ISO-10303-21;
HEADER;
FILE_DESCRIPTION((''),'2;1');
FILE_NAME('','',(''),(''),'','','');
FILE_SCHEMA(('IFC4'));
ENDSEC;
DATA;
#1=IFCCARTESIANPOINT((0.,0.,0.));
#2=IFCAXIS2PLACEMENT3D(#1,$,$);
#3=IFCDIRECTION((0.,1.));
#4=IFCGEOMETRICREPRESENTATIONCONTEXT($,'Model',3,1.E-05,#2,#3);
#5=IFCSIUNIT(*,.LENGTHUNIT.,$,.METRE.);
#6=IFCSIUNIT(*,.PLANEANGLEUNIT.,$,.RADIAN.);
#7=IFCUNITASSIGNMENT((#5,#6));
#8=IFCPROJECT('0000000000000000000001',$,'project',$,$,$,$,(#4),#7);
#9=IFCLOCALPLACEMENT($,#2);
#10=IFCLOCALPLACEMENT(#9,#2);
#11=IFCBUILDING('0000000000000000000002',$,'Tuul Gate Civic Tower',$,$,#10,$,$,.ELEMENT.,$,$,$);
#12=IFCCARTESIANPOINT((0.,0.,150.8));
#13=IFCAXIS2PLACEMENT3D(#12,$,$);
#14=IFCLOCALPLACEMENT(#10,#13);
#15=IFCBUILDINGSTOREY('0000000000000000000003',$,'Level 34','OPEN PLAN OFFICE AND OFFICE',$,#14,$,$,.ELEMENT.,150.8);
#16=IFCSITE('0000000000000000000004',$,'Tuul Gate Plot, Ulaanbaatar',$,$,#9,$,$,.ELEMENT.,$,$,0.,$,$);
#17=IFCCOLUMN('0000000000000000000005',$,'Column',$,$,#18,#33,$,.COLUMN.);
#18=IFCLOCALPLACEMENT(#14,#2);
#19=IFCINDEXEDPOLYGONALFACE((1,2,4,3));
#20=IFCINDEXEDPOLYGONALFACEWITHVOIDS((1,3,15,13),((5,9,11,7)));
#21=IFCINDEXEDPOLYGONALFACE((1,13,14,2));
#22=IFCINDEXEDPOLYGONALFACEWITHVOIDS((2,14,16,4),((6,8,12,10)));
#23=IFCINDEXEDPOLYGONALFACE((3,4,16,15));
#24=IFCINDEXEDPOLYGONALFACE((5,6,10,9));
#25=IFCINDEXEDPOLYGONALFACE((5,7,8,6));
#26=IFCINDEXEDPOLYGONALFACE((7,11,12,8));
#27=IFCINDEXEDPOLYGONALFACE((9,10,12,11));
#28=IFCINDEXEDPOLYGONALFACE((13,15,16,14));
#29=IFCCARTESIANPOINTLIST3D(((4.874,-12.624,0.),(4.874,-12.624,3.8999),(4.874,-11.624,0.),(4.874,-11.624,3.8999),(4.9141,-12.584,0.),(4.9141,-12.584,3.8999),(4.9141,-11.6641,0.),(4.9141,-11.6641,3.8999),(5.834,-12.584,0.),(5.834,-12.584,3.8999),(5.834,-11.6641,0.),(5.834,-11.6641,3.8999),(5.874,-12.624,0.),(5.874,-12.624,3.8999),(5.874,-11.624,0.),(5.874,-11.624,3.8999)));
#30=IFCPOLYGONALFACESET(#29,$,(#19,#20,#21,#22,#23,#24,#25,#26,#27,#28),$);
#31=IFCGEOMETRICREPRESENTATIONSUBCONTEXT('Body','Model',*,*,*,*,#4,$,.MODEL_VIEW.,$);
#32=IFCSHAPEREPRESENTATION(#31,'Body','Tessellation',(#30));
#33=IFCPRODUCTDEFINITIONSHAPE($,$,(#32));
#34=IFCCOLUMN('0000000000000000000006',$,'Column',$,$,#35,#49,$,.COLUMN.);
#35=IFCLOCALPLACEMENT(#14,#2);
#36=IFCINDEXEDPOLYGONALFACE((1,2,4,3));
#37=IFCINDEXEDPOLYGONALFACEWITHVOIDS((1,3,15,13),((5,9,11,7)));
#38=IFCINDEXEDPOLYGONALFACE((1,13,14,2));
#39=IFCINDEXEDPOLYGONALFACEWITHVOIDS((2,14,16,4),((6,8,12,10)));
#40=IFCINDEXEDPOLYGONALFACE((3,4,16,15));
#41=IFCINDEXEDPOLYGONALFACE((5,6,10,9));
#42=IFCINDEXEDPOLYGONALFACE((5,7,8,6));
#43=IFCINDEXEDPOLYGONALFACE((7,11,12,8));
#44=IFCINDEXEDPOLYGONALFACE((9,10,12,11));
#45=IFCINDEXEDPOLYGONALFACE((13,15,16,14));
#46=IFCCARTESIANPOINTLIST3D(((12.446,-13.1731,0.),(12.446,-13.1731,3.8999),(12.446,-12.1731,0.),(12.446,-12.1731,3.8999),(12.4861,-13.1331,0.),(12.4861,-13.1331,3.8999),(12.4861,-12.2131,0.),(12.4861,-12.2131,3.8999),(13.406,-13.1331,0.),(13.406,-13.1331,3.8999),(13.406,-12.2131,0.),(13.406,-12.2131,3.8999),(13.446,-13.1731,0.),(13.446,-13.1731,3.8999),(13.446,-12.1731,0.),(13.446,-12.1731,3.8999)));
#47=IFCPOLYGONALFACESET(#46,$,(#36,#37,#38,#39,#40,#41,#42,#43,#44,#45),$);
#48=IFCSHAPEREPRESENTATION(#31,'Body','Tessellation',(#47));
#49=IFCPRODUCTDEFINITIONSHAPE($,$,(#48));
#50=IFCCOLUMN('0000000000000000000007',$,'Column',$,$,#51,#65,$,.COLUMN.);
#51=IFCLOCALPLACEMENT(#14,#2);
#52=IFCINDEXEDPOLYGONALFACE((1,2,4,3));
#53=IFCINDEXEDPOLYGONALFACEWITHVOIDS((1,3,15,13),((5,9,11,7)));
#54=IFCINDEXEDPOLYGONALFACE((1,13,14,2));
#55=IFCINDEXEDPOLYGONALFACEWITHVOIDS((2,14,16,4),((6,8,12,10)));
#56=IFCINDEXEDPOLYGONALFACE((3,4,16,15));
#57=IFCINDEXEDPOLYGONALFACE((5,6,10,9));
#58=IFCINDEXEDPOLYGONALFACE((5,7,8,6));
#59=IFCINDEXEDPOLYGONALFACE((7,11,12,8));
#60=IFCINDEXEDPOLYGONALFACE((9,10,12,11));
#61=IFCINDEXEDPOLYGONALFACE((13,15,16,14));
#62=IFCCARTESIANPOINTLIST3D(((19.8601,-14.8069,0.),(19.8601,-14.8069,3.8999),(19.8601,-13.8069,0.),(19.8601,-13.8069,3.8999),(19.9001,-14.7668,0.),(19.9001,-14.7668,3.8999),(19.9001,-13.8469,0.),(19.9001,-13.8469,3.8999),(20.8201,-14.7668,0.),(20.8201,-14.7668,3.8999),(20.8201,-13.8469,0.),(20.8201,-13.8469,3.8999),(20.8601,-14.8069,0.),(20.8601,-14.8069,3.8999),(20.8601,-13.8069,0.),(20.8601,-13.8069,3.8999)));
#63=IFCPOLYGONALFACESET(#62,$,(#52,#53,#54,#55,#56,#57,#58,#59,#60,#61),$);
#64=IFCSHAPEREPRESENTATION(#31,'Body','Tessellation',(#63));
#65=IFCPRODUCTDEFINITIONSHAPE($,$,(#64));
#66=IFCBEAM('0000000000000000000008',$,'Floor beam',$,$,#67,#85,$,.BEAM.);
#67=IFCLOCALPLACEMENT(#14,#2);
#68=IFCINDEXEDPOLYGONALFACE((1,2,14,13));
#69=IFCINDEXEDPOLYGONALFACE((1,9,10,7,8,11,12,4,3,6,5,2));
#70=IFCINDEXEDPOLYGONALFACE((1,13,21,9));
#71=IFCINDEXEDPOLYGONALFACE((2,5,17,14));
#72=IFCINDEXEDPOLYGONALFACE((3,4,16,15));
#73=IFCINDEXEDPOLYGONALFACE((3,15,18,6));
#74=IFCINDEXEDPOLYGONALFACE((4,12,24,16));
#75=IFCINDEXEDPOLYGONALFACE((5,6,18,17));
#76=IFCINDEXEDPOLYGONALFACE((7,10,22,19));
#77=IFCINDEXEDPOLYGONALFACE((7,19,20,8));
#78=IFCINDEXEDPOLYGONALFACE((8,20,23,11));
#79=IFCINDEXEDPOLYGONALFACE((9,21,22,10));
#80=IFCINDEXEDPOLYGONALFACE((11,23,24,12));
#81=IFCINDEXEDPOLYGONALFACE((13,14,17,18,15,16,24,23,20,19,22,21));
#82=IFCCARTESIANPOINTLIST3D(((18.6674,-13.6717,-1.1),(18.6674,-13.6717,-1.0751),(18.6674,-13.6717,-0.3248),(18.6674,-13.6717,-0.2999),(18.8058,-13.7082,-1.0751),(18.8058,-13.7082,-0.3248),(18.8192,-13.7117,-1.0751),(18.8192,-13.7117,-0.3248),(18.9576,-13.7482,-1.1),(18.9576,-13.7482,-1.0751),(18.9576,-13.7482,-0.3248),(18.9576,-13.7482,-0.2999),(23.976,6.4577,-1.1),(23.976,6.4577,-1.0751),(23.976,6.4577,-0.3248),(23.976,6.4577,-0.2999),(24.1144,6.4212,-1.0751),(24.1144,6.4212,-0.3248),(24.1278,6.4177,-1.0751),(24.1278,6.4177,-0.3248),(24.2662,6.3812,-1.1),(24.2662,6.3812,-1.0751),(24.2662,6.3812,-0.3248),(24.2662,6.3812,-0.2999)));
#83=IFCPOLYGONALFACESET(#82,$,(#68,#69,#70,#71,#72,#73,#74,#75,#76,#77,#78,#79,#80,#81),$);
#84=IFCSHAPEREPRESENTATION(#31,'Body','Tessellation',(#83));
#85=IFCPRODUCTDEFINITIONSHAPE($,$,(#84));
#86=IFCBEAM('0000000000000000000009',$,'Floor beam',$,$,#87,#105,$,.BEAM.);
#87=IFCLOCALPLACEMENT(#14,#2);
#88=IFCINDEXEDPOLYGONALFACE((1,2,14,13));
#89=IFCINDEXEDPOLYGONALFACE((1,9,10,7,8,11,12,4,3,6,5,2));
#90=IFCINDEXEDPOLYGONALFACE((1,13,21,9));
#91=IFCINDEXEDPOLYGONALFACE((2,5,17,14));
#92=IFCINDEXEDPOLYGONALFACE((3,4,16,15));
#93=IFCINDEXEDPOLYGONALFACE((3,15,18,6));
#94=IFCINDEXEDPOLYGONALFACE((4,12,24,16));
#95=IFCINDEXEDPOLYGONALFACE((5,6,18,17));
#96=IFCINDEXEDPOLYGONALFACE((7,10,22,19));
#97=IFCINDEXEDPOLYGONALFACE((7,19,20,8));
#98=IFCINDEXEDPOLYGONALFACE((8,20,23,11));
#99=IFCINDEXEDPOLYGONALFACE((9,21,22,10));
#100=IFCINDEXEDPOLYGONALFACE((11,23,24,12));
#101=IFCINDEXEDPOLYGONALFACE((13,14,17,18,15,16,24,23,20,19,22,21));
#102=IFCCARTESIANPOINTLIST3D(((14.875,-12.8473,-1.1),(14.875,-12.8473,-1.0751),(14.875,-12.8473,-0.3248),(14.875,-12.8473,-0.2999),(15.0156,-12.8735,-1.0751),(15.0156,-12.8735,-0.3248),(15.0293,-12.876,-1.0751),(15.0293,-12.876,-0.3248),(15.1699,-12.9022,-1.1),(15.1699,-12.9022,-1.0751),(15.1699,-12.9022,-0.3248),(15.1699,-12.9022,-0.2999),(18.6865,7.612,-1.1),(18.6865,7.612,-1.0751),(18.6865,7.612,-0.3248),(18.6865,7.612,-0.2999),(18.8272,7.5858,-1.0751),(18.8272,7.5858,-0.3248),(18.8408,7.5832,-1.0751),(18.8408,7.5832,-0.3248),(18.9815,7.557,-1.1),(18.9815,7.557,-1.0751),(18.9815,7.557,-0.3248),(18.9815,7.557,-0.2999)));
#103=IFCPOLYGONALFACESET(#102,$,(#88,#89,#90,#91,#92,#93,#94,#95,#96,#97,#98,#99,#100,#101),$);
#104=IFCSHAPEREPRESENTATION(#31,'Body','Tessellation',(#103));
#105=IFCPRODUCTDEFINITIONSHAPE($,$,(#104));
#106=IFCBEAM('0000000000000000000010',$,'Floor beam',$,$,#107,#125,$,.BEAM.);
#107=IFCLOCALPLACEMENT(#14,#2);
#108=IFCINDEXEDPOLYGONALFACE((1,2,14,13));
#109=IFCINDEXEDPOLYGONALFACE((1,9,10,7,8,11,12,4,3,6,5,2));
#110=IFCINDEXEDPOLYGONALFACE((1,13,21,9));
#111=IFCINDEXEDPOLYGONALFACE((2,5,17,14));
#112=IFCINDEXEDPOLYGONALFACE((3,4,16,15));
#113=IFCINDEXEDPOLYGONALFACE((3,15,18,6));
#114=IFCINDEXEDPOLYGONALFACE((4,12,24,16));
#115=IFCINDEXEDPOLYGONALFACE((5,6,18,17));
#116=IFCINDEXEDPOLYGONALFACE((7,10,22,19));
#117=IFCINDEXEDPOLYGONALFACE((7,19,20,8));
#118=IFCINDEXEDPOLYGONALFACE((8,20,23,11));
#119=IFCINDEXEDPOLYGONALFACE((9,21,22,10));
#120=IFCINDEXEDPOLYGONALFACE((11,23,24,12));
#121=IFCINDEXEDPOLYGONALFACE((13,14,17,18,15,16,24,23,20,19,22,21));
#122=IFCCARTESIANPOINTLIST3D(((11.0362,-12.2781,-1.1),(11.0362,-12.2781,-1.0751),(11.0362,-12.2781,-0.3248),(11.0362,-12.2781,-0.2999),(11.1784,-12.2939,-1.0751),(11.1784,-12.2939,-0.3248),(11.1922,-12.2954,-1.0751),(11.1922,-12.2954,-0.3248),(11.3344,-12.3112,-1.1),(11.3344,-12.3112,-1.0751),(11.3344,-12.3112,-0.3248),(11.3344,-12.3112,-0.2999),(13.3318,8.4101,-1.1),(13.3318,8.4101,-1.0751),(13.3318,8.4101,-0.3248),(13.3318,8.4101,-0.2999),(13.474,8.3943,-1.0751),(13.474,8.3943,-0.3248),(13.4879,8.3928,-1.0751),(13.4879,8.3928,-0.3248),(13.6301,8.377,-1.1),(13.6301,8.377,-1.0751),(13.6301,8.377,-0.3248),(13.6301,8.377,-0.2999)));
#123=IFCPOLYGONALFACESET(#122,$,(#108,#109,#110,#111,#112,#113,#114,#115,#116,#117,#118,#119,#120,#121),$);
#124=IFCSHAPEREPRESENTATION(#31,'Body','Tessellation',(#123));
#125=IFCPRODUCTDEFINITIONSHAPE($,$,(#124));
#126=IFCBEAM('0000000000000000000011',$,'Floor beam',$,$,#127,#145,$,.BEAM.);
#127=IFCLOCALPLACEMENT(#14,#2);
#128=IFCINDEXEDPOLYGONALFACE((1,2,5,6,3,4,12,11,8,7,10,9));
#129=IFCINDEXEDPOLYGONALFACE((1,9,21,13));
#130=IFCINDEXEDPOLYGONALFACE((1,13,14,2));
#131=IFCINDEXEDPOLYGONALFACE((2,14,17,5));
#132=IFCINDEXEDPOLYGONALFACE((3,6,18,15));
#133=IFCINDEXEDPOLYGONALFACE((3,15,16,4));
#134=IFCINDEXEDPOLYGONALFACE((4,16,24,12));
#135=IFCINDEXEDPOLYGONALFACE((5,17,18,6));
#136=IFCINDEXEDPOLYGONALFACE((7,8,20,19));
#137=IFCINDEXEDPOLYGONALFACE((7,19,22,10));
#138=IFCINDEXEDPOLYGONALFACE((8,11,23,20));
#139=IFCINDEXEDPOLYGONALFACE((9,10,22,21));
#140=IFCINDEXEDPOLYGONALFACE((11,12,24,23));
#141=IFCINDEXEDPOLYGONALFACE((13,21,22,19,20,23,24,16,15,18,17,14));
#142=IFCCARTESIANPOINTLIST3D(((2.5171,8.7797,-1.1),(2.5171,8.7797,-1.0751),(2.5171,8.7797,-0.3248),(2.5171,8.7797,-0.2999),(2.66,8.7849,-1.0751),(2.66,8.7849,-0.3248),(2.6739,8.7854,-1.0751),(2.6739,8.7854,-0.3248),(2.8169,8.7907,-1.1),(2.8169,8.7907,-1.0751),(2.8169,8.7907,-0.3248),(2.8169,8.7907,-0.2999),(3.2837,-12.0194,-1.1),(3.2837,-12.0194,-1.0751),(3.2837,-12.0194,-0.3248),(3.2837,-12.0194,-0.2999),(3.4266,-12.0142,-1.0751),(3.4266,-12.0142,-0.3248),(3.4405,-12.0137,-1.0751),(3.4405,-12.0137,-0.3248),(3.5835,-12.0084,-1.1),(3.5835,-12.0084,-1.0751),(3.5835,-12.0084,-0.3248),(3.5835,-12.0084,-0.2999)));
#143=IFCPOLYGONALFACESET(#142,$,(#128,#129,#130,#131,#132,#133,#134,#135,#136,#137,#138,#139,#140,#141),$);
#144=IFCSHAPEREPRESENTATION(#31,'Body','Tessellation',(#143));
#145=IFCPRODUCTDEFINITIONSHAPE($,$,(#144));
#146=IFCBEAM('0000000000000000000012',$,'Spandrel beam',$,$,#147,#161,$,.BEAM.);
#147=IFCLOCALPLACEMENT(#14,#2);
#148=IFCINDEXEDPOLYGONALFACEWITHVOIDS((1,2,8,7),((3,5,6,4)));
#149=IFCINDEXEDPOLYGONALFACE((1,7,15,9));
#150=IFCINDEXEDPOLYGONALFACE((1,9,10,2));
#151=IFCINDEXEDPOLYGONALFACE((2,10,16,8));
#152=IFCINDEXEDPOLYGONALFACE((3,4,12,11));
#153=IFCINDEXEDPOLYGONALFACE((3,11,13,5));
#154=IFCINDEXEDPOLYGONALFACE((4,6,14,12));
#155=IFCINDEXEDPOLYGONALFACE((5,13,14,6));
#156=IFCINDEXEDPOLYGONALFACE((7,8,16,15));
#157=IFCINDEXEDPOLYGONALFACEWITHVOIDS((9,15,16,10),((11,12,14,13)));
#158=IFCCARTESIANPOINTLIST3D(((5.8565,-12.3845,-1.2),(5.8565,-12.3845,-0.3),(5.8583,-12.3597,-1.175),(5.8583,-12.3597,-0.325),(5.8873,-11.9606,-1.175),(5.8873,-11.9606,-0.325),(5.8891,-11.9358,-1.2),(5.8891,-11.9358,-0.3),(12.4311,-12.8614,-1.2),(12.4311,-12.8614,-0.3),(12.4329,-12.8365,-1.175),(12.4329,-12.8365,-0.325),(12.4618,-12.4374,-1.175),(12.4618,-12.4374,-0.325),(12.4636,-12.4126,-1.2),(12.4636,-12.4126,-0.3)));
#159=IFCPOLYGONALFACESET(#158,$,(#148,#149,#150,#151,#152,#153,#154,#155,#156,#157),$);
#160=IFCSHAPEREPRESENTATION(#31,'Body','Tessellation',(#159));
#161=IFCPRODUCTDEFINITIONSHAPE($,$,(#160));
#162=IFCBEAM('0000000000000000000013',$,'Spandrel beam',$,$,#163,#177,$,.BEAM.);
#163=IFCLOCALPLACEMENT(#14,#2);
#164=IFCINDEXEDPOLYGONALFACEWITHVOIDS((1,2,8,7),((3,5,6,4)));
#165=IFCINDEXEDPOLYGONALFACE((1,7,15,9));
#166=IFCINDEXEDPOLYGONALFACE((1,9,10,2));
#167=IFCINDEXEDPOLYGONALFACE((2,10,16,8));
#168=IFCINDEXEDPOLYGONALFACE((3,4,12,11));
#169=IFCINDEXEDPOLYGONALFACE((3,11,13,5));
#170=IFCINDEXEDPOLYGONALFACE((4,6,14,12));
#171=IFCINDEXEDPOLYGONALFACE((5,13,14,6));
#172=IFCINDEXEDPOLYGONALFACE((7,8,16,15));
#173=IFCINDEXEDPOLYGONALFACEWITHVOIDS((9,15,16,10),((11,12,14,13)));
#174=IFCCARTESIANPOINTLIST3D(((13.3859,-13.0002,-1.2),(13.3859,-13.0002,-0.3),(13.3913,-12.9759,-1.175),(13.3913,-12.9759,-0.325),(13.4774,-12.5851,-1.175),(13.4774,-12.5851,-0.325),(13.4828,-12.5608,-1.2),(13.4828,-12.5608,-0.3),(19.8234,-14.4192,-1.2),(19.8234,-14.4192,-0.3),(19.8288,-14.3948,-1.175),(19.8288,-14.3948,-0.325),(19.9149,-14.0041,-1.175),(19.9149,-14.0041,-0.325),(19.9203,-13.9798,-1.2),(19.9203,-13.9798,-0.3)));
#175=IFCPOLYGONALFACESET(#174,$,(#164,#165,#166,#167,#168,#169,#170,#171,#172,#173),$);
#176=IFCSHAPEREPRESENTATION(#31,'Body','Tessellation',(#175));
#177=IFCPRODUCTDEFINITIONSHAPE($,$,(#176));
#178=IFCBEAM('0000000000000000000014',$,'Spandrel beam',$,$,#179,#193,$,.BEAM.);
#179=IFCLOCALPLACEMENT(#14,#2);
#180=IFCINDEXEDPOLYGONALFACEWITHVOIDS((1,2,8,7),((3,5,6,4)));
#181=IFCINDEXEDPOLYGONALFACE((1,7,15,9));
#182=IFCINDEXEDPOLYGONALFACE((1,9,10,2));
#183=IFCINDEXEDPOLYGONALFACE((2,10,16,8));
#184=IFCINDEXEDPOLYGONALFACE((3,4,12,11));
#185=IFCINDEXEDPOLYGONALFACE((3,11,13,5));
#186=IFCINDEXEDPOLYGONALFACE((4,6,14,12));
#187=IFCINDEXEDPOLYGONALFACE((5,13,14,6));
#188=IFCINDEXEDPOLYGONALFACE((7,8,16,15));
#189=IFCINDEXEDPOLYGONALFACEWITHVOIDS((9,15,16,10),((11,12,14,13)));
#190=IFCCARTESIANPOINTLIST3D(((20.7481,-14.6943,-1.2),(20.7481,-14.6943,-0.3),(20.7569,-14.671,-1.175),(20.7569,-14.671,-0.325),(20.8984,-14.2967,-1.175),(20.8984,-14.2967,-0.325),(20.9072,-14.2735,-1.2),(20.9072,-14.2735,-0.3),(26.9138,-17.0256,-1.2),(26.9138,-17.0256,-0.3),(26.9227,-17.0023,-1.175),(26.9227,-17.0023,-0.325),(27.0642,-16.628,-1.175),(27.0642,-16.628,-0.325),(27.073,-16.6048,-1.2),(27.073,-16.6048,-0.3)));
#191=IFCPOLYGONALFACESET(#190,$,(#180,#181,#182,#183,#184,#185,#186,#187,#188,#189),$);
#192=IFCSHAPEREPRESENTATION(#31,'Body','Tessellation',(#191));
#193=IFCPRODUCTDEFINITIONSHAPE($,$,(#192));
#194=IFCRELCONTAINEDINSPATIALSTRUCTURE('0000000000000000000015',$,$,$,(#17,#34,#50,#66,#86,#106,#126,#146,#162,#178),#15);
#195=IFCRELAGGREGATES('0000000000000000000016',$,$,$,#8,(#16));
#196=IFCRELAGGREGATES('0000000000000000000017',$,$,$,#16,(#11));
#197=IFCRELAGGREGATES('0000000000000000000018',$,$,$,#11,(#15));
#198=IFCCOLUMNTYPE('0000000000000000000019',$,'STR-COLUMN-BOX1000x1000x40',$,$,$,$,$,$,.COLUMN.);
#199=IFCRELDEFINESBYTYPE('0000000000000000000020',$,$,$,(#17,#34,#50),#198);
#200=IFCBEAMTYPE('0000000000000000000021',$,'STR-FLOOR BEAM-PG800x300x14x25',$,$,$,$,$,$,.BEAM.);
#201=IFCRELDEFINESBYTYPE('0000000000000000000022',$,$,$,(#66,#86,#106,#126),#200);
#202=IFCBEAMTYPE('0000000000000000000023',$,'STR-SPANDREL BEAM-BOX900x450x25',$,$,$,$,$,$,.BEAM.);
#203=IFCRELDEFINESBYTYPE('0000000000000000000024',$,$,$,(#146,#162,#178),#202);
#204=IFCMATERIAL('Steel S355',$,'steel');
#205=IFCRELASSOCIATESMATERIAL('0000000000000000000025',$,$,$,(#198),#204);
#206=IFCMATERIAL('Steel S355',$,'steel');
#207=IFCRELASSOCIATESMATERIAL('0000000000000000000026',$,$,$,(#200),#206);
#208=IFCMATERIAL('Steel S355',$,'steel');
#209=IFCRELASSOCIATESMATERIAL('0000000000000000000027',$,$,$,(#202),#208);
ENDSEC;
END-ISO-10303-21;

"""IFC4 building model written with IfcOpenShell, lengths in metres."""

from ifc_helpers import new_model, si_unit, direction, frame, origin, origin_2d, place, context, subcontext, project, spatial, hollow_rectangle, i_section, extrude, material, material_profile, profile_set, type_object, element, save


model = new_model("IFC4")

# Units and contexts
model_context = context("Model", 3, precision=1e-05, world=origin(), true_north=direction((0.0, 1.0)))
body_context = subcontext(model_context, "Body", "Model", "MODEL_VIEW")
ifc_project = project(units=[si_unit("LENGTHUNIT", "METRE"), si_unit("PLANEANGLEUNIT", "RADIAN")], contexts=[model_context])

# Site, building, storey
site_placement = place(None, origin())
site = spatial("IfcSite", under=ifc_project, at=site_placement, Name="Tuul Gate Plot, Ulaanbaatar", CompositionType="ELEMENT", RefElevation=0.0)
building_placement = place(site_placement, origin())
building = spatial("IfcBuilding", under=site, at=building_placement, Name="Tuul Gate Civic Tower", CompositionType="ELEMENT")
storey_placement = place(building_placement, frame((0.0, 0.0, 150.8)))
storey = spatial("IfcBuildingStorey", under=building, at=storey_placement, Name="Level 34", Description="OPEN PLAN OFFICE AND OFFICE", CompositionType="ELEMENT", Elevation=150.8)

# Columns
ifc_material_1 = material(Name="Steel S355", Category="steel")
ifc_material_profile_1 = material_profile(ifc_material_1, hollow_rectangle(XDim=1.0, YDim=1.0, WallThickness=0.04, at=origin_2d()), Name="BOX1000x1000x40")
ifc_profile_set_1 = profile_set([ifc_material_profile_1], Name="Steel S355")
column_type = type_object("IfcColumnType", Name="STR-COLUMN-BOX1000x1000x40", PredefinedType="COLUMN", material=ifc_profile_set_1)
for number, where, z_axis, x_axis, name in (
    (1, (5.374, -12.124, 0.0), (0.0, 0.0, 1.0), (1.0, 0.0, 0.0), "Column"),
    (2, (12.946, -12.6731, 0.0), (0.0, 0.0, 1.0), (1.0, 0.0, 0.0), "Column"),
    (3, (20.3601, -14.3069, 0.0), (0.0, 0.0, 1.0), (1.0, 0.0, 0.0), "Column"),
):
    element("IfcColumn", number, at=place(storey_placement, frame(where, z_axis=z_axis, x_axis=x_axis)), inside=storey, type_object=column_type, Name=name, PredefinedType="COLUMN", context=body_context, shape_type="SweptSolid", body=[
        extrude(hollow_rectangle(XDim=1.0, YDim=1.0, WallThickness=0.04, at=origin_2d()), origin(), (0.0, 0.0, 1.0), 3.8999),
    ])

# Beams
ifc_material_2 = material(Name="Steel S355", Category="steel")
ifc_material_profile_2 = material_profile(ifc_material_2, i_section(OverallWidth=0.3, OverallDepth=0.8, WebThickness=0.0139, FlangeThickness=0.0249, at=origin_2d()), Name="PG800x300x14x25")
ifc_profile_set_2 = profile_set([ifc_material_profile_2], Name="Steel S355")
beam_type_1 = type_object("IfcBeamType", Name="STR-FLOOR BEAM-PG800x300x14x25", PredefinedType="BEAM", material=ifc_profile_set_2)
beam_1_placement = place(storey_placement, frame((18.8125, -13.71, -0.7), z_axis=(0.255005, 0.96694, 0.0), x_axis=(-0.96694, 0.255005, 0.0)))
element("IfcBeam", 4, at=beam_1_placement, inside=storey, type_object=beam_type_1, Name="Floor beam", PredefinedType="BEAM", context=body_context, shape_type="SweptSolid", body=[
    extrude(i_section(OverallWidth=0.3, OverallDepth=0.8, WebThickness=0.0139, FlangeThickness=0.0249, at=origin_2d()), origin(), (0.0, 0.0, 1.0), 20.8176),
])
beam_2_placement = place(storey_placement, frame((15.0225, -12.8748, -0.7), z_axis=(0.183147, 0.983085, 0.0), x_axis=(-0.983085, 0.183147, 0.0)))
element("IfcBeam", 5, at=beam_2_placement, inside=storey, type_object=beam_type_1, Name="Floor beam", PredefinedType="BEAM", context=body_context, shape_type="SweptSolid", body=[
    extrude(i_section(OverallWidth=0.3, OverallDepth=0.8, WebThickness=0.0139, FlangeThickness=0.0249, at=origin_2d()), origin(), (0.0, 0.0, 1.0), 20.8113),
])
beam_3_placement = place(storey_placement, frame((11.1853, -12.2947, -0.7), z_axis=(0.110287, 0.9939, 0.0), x_axis=(-0.9939, 0.110287, 0.0)))
element("IfcBeam", 6, at=beam_3_placement, inside=storey, type_object=beam_type_1, Name="Floor beam", PredefinedType="BEAM", context=body_context, shape_type="SweptSolid", body=[
    extrude(i_section(OverallWidth=0.3, OverallDepth=0.8, WebThickness=0.0139, FlangeThickness=0.0249, at=origin_2d()), origin(), (0.0, 0.0, 1.0), 20.8152),
])
beam_4_placement = place(storey_placement, frame((3.4336, -12.0139, -0.7), z_axis=(-0.036832, 0.999321, 0.0), x_axis=(-0.999321, -0.036832, 0.0)))
element("IfcBeam", 7, at=beam_4_placement, inside=storey, type_object=beam_type_1, Name="Floor beam", PredefinedType="BEAM", context=body_context, shape_type="SweptSolid", body=[
    extrude(i_section(OverallWidth=0.3, OverallDepth=0.8, WebThickness=0.0139, FlangeThickness=0.0249, at=origin_2d()), origin(), (0.0, 0.0, 1.0), 20.8132),
])
ifc_material_3 = material(Name="Steel S355", Category="steel")
ifc_material_profile_3 = material_profile(ifc_material_3, hollow_rectangle(XDim=0.45, YDim=0.8999, WallThickness=0.0249, at=origin_2d()), Name="BOX900x450x25")
ifc_profile_set_3 = profile_set([ifc_material_profile_3], Name="Steel S355")
beam_type_2 = type_object("IfcBeamType", Name="STR-SPANDREL BEAM-BOX900x450x25", PredefinedType="BEAM", material=ifc_profile_set_3)
beam_5_placement = place(storey_placement, frame((5.8728, -12.1602, -0.75), z_axis=(0.99738, -0.072334, 0.0), x_axis=(0.072334, 0.99738, 0.0)))
element("IfcBeam", 8, at=beam_5_placement, inside=storey, type_object=beam_type_2, Name="Spandrel beam", PredefinedType="BEAM", context=body_context, shape_type="SweptSolid", body=[
    extrude(hollow_rectangle(XDim=0.45, YDim=0.8999, WallThickness=0.0249, at=origin_2d()), origin(), (0.0, 0.0, 1.0), 6.5918),
])
beam_6_placement = place(storey_placement, frame((13.4343, -12.7805, -0.75), z_axis=(0.976559, -0.215252, 0.0), x_axis=(0.215252, 0.976559, 0.0)))
element("IfcBeam", 9, at=beam_6_placement, inside=storey, type_object=beam_type_2, Name="Spandrel beam", PredefinedType="BEAM", context=body_context, shape_type="SweptSolid", body=[
    extrude(hollow_rectangle(XDim=0.45, YDim=0.8999, WallThickness=0.0249, at=origin_2d()), origin(), (0.0, 0.0, 1.0), 6.592),
])
beam_7_placement = place(storey_placement, frame((20.8276, -14.4839, -0.75), z_axis=(0.935371, -0.353667, 0.0), x_axis=(0.353667, 0.935371, 0.0)))
element("IfcBeam", 10, at=beam_7_placement, inside=storey, type_object=beam_type_2, Name="Spandrel beam", PredefinedType="BEAM", context=body_context, shape_type="SweptSolid", body=[
    extrude(hollow_rectangle(XDim=0.45, YDim=0.8999, WallThickness=0.0249, at=origin_2d()), origin(), (0.0, 0.0, 1.0), 6.5918),
])

save(model, "model.ifc")
